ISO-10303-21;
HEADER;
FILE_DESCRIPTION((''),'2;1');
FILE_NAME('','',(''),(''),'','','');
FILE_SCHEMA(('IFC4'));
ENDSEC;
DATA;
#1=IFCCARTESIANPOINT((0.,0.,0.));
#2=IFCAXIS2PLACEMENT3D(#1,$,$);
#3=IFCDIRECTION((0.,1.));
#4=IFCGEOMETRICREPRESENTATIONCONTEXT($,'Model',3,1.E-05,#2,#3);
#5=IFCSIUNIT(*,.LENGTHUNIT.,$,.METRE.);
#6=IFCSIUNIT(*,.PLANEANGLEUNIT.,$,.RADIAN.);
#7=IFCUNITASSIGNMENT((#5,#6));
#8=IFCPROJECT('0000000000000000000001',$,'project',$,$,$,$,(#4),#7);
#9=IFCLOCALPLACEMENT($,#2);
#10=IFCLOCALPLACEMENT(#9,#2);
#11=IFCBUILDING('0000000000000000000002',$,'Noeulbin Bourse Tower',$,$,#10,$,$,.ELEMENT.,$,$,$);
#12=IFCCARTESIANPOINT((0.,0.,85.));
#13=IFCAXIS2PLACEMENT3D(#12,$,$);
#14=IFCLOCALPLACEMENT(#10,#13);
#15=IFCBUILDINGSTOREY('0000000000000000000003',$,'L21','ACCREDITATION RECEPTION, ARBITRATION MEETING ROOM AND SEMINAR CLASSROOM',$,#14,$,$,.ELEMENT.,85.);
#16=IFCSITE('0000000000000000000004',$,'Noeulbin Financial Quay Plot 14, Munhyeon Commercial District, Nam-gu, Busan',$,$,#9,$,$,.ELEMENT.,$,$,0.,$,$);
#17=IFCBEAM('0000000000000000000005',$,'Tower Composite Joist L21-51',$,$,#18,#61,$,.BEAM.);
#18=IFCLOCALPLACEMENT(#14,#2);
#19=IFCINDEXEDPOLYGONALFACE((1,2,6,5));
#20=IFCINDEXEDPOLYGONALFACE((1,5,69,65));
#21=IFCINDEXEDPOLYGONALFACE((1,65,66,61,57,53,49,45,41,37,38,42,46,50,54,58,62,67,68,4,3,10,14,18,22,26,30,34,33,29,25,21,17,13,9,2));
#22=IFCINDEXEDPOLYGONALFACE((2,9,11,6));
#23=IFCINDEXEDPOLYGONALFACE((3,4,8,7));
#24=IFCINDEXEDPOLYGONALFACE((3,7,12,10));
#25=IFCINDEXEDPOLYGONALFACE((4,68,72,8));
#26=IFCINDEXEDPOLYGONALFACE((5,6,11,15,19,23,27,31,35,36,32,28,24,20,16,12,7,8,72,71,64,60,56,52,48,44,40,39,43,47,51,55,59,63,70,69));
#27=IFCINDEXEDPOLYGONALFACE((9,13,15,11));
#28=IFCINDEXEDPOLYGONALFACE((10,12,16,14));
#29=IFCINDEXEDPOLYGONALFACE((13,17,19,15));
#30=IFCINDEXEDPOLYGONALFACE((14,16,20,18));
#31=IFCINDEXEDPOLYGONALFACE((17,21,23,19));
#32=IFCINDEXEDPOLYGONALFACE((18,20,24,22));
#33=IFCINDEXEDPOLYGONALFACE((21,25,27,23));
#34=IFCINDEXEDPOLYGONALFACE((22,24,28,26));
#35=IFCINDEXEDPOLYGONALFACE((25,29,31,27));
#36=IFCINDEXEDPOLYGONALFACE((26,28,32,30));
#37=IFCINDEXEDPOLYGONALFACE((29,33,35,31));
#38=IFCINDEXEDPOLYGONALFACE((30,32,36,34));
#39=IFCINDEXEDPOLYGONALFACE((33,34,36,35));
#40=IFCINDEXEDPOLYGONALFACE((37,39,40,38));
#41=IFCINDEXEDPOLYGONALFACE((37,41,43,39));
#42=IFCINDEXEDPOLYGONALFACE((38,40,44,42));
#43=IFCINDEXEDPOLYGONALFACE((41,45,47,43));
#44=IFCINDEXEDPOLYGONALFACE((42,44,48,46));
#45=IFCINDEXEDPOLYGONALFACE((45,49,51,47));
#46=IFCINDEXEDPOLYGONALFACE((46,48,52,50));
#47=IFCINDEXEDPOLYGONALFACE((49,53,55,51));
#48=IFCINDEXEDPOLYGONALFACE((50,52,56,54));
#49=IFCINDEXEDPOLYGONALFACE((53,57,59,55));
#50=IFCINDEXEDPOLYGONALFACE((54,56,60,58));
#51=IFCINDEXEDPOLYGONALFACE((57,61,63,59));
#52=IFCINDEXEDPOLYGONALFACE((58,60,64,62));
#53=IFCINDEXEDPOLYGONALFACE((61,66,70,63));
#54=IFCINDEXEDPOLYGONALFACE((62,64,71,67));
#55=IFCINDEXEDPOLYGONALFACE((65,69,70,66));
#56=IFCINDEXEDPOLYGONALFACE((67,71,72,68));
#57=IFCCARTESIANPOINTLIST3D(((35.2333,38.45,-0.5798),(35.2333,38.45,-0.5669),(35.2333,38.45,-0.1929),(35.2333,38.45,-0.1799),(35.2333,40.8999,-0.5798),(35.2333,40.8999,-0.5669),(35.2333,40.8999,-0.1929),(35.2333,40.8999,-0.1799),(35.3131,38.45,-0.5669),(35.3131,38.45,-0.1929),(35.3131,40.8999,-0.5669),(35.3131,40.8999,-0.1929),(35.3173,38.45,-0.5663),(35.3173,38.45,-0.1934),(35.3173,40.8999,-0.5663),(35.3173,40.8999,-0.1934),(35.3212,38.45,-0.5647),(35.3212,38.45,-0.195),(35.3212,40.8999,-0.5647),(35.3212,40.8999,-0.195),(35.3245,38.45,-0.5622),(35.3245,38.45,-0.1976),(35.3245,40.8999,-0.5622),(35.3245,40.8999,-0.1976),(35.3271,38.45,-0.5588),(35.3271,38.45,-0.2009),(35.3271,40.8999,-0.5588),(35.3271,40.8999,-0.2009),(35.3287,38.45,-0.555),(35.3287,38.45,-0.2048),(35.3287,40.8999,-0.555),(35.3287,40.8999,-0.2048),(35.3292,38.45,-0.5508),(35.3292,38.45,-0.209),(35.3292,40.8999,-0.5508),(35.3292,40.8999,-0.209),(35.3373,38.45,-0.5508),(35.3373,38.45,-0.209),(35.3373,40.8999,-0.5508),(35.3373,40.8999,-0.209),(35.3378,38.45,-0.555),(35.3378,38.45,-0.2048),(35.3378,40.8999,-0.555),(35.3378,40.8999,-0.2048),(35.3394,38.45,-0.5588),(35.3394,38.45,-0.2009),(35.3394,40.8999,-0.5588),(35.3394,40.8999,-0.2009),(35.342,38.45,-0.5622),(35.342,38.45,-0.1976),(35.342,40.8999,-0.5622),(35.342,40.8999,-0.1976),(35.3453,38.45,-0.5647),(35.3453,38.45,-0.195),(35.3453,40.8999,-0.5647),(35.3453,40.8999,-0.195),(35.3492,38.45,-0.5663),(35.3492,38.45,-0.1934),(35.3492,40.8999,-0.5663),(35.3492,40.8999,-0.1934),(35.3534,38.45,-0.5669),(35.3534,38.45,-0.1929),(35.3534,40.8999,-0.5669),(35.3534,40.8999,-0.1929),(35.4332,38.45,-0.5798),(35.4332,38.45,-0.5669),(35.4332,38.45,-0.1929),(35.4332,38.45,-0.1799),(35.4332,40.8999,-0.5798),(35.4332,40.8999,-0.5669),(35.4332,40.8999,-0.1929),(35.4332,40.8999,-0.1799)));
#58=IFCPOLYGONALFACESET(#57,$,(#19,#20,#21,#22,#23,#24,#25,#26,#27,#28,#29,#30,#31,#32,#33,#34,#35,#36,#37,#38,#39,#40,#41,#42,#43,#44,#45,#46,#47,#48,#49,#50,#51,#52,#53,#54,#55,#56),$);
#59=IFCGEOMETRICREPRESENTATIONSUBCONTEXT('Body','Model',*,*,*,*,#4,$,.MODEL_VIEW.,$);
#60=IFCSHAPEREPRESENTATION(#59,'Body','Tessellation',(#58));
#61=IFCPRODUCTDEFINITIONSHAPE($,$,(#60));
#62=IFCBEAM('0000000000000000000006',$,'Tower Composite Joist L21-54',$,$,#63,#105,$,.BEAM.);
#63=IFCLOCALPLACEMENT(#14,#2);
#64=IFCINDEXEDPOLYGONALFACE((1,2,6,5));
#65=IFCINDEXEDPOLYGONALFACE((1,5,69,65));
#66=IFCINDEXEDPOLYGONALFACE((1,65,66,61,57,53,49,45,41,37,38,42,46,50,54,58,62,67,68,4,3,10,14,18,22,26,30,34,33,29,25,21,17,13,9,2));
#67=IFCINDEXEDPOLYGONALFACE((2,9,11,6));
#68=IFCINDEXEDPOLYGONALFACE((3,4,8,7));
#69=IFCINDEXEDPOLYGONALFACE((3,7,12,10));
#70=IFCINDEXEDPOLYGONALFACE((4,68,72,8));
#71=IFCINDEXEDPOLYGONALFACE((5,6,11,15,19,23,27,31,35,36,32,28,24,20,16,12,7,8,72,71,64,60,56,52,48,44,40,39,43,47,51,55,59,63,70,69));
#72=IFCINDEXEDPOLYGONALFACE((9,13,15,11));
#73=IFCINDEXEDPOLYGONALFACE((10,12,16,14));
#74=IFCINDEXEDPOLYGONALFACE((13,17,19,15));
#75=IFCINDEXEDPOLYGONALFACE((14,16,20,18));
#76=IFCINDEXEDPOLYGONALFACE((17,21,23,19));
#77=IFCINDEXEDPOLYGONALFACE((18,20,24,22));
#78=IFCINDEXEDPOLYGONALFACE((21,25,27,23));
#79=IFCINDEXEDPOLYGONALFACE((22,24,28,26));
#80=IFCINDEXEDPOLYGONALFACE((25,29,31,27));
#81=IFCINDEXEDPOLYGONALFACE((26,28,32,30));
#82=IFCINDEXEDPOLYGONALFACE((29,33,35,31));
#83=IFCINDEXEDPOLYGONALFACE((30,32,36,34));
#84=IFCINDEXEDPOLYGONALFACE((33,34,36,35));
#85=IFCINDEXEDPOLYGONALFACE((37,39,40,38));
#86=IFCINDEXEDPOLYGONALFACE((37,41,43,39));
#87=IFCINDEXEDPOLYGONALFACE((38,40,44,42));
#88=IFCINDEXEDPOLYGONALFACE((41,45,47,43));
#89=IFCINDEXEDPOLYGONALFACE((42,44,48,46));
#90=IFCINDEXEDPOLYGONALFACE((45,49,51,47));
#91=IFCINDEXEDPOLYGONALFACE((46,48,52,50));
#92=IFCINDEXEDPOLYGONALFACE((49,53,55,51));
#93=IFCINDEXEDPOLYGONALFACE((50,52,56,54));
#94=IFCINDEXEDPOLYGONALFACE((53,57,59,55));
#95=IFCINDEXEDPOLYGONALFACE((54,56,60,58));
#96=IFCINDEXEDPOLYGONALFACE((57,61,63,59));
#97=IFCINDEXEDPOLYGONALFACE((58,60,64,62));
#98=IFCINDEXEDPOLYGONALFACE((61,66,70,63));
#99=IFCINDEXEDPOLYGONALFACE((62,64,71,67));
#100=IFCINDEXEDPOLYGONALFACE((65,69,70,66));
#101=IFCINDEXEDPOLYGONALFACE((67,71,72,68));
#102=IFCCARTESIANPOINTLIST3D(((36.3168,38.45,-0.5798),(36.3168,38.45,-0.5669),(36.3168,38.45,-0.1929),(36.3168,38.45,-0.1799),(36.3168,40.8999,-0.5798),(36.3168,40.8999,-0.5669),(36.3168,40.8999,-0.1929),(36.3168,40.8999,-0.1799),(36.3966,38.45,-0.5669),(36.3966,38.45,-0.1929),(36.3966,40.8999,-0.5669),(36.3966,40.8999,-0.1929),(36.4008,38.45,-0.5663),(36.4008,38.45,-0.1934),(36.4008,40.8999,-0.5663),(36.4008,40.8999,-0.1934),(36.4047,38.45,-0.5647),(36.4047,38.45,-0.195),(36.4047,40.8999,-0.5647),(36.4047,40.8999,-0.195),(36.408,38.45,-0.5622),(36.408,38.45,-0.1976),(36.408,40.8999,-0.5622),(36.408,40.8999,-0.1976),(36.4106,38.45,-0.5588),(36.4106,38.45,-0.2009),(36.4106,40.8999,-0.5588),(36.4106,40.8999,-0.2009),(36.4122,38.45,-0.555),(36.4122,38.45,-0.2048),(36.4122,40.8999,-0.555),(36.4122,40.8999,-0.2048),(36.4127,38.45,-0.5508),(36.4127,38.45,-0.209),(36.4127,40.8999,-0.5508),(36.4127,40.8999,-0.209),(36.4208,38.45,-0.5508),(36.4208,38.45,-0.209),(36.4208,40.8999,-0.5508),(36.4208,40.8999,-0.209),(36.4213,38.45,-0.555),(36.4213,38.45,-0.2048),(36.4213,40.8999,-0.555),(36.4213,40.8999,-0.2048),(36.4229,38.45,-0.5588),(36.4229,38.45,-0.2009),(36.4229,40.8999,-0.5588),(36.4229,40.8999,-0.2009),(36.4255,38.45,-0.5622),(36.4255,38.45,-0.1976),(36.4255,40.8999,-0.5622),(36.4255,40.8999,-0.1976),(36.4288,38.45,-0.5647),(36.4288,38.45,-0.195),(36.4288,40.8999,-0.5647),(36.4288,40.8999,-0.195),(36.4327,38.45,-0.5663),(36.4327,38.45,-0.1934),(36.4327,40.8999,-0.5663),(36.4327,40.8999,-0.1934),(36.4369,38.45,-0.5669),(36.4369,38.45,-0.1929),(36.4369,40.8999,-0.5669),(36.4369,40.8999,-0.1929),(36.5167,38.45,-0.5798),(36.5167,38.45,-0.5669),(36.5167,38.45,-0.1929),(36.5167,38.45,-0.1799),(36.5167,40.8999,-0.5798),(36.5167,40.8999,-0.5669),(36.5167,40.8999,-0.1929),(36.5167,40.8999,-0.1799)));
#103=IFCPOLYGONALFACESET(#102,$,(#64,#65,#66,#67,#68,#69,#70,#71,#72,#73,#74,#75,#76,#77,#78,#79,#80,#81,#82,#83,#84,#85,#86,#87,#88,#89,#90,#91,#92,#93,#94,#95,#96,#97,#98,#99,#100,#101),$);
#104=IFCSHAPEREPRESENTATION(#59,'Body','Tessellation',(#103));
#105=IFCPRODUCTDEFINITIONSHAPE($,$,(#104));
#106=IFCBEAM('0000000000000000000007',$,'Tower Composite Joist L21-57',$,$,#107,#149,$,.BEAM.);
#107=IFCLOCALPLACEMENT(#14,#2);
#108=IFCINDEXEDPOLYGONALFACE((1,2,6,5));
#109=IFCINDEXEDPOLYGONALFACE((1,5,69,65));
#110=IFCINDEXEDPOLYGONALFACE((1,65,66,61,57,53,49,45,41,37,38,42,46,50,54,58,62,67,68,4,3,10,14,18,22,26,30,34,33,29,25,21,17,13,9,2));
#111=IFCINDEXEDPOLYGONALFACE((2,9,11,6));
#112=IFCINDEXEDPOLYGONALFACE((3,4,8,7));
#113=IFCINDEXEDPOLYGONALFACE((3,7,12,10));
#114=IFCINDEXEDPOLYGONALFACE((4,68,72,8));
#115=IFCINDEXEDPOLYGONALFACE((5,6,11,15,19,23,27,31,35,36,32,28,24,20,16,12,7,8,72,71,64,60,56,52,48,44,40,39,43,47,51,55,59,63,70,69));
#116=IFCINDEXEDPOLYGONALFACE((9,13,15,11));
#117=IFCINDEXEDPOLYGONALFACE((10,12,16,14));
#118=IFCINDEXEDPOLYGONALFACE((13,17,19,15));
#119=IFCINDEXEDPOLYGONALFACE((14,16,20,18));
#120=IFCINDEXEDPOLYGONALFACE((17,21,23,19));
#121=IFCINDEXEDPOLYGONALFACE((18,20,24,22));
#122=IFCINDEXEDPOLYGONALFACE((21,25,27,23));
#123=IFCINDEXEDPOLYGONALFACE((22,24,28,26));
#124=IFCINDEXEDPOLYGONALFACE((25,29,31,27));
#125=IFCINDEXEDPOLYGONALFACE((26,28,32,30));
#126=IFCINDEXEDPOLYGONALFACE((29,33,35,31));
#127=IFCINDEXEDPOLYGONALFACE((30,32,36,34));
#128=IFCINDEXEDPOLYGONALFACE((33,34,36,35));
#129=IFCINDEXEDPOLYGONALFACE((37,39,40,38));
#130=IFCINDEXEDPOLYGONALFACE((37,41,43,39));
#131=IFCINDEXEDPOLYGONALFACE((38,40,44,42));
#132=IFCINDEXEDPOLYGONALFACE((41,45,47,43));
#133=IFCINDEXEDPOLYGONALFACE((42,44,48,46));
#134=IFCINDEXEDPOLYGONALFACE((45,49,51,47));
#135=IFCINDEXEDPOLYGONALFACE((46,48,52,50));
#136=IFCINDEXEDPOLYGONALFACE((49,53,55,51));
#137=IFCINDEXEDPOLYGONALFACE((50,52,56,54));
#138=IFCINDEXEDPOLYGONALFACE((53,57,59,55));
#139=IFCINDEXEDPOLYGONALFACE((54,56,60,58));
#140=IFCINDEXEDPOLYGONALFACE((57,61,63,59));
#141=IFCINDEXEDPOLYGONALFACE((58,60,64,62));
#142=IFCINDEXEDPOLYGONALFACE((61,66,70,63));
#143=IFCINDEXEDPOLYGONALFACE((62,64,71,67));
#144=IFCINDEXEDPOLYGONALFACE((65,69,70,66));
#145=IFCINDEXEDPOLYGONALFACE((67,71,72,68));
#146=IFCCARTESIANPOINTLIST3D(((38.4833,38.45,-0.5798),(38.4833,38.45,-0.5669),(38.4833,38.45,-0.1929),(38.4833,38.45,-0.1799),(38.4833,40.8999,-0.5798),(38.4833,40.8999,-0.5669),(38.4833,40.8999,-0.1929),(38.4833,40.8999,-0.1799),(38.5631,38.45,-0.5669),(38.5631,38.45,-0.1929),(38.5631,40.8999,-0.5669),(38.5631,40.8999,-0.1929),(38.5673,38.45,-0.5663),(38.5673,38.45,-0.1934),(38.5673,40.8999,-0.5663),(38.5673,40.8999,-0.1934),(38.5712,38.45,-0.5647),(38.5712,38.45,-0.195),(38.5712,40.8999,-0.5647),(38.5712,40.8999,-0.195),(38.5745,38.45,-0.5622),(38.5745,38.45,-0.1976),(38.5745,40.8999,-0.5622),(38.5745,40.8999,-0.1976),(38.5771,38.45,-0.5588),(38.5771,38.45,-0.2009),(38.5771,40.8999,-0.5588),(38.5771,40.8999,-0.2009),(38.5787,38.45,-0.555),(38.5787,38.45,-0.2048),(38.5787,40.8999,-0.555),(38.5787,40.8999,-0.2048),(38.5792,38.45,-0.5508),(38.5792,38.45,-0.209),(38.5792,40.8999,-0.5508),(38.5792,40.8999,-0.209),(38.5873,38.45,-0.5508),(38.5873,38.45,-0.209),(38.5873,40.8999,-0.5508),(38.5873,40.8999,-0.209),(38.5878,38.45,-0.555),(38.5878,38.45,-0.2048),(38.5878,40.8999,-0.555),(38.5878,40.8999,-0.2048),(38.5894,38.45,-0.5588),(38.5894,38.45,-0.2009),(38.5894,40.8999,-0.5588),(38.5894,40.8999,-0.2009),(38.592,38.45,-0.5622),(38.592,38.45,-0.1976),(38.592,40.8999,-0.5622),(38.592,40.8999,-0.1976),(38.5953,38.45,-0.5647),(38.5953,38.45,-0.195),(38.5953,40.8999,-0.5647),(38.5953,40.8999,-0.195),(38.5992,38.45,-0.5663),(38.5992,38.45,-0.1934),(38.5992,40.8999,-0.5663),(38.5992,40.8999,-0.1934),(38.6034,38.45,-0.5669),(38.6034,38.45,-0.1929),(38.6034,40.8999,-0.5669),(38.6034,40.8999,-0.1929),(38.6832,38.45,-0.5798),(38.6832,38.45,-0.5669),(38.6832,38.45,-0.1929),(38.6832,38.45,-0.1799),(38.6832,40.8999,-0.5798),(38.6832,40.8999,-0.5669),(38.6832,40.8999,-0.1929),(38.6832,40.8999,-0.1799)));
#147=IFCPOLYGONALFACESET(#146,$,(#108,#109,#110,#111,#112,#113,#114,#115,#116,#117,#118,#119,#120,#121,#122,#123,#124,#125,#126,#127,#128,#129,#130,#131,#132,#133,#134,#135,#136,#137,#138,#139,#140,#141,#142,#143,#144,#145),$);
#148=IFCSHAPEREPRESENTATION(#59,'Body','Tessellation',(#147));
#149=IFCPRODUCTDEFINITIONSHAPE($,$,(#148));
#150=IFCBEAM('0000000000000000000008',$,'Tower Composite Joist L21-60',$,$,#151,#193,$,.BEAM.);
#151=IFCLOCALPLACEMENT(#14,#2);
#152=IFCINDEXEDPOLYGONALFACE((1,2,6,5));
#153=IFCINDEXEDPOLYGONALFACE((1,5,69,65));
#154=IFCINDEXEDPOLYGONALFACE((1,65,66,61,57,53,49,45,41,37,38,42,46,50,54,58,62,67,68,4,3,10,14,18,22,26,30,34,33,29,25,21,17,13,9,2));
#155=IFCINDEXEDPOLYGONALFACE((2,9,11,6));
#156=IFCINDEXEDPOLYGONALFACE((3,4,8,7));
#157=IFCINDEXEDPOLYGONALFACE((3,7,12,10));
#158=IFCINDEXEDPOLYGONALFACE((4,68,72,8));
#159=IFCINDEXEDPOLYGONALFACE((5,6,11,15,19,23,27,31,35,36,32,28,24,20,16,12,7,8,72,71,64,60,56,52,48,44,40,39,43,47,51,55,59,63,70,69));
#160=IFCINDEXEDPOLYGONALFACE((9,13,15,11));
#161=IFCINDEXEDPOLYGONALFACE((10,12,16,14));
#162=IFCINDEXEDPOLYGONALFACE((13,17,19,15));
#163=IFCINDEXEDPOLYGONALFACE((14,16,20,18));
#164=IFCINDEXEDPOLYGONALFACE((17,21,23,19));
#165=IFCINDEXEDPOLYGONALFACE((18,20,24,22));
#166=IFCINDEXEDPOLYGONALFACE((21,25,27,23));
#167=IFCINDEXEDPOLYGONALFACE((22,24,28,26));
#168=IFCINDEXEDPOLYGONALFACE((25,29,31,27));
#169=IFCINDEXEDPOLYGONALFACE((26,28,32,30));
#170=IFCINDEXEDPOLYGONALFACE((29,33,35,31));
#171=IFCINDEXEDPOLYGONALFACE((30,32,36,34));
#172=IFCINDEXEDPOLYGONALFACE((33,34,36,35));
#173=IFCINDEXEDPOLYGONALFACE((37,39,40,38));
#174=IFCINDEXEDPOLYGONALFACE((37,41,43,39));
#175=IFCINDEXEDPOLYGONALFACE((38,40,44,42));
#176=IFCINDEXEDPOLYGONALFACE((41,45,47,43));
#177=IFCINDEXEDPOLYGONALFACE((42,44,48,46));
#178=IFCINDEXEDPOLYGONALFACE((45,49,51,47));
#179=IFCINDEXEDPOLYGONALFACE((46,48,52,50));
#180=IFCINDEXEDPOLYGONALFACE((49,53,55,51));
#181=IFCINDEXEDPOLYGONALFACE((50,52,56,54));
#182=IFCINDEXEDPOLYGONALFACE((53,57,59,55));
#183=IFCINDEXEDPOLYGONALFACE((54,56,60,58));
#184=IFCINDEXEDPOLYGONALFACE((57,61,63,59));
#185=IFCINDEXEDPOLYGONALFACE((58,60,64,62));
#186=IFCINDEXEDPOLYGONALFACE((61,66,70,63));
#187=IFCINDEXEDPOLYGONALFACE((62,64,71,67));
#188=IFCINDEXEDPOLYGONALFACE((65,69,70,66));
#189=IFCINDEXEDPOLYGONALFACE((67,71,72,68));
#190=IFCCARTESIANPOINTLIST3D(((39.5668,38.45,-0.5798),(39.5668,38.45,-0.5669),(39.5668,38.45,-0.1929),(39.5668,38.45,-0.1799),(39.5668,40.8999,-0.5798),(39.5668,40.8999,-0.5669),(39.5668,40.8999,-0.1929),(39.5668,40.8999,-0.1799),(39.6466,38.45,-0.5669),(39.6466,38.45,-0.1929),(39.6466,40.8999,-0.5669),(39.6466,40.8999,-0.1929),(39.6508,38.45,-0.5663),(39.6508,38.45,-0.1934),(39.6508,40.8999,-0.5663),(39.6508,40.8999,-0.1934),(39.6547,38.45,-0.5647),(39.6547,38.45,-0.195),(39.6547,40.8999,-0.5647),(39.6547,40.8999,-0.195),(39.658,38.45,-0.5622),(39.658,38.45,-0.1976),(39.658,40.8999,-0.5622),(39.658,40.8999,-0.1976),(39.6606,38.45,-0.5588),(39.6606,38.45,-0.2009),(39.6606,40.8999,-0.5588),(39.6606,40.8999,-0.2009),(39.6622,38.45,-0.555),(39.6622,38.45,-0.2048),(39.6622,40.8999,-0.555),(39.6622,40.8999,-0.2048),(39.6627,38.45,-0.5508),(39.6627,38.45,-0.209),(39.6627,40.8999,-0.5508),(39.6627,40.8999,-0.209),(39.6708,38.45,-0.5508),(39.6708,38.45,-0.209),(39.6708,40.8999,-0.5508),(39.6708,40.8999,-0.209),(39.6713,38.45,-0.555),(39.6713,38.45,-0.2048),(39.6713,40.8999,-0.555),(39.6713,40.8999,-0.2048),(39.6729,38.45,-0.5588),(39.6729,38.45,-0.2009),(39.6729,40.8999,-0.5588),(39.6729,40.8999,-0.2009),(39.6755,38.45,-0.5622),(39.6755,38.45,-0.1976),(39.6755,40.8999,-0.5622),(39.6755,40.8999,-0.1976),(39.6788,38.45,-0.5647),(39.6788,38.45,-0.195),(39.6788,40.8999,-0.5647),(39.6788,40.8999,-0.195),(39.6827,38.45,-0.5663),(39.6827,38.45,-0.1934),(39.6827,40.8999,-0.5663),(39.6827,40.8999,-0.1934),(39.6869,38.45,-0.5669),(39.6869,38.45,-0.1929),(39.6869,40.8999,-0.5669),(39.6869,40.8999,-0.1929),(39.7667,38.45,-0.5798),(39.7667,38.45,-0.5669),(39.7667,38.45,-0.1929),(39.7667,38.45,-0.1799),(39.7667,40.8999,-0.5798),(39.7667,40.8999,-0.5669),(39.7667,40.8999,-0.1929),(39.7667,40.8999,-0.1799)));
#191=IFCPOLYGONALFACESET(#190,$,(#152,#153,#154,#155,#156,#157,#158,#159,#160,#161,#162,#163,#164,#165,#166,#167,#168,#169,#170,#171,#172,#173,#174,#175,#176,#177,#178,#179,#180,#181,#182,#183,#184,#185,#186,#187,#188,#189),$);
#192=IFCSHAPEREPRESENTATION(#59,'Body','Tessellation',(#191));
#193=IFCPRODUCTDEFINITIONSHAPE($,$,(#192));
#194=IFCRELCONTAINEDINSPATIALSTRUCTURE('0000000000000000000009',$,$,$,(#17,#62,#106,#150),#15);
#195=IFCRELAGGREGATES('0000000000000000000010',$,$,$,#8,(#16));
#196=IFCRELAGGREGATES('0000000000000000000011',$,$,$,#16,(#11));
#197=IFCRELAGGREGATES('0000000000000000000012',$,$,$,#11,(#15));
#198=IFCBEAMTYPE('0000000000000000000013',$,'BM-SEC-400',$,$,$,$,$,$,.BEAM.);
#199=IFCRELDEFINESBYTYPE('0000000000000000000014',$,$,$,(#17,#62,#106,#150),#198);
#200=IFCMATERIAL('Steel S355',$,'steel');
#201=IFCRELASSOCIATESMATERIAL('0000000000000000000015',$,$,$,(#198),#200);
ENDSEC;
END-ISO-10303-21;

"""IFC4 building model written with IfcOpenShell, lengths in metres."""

from ifc_helpers import new_model, si_unit, direction, frame, origin, origin_2d, place, context, subcontext, project, spatial, i_section, extrude, material, material_profile, profile_set, type_object, element, save


model = new_model("IFC4")

# Units and contexts
model_context = context("Model", 3, precision=1e-05, world=origin(), true_north=direction((0.0, 1.0)))
body_context = subcontext(model_context, "Body", "Model", "MODEL_VIEW")
ifc_project = project(units=[si_unit("LENGTHUNIT", "METRE"), si_unit("PLANEANGLEUNIT", "RADIAN")], contexts=[model_context])

# Site, building, storey
site_placement = place(None, origin())
site = spatial("IfcSite", under=ifc_project, at=site_placement, Name="Noeulbin Financial Quay Plot 14, Munhyeon Commercial District, Nam-gu, Busan", CompositionType="ELEMENT", RefElevation=0.0)
building_placement = place(site_placement, origin())
building = spatial("IfcBuilding", under=site, at=building_placement, Name="Noeulbin Bourse Tower", CompositionType="ELEMENT")
storey_placement = place(building_placement, frame((0.0, 0.0, 85.0)))
storey = spatial("IfcBuildingStorey", under=building, at=storey_placement, Name="L21", Description="ACCREDITATION RECEPTION, ARBITRATION MEETING ROOM AND SEMINAR CLASSROOM", CompositionType="ELEMENT", Elevation=85.0)

# Beams
ifc_material_1 = material(Name="Steel S355", Category="steel")
ifc_material_profile_1 = material_profile(ifc_material_1, i_section(OverallWidth=0.2, OverallDepth=0.3999, WebThickness=0.0081, FlangeThickness=0.0129, FilletRadius=0.0161, at=origin_2d()), Name="H-400x200x8x13", Category="LoadBearing")
ifc_profile_set_1 = profile_set([ifc_material_profile_1], Name="Steel S355")
beam_type_1 = type_object("IfcBeamType", Name="BM-SEC-400", PredefinedType="BEAM", material=ifc_profile_set_1)
for number, where, z_axis, x_axis, name in (
    (1, (35.3333, 38.45, -0.3799), (0.0, 1.0, 0.0), (-1.0, 0.0, 0.0), "Tower Composite Joist L21-51"),
    (2, (36.4167, 38.45, -0.3799), (0.0, 1.0, 0.0), (-1.0, 0.0, 0.0), "Tower Composite Joist L21-54"),
    (3, (38.5833, 38.45, -0.3799), (0.0, 1.0, 0.0), (-1.0, 0.0, 0.0), "Tower Composite Joist L21-57"),
    (4, (39.6667, 38.45, -0.3799), (0.0, 1.0, 0.0), (-1.0, 0.0, 0.0), "Tower Composite Joist L21-60"),
):
    element("IfcBeam", number, at=place(storey_placement, frame(where, z_axis=z_axis, x_axis=x_axis)), inside=storey, type_object=beam_type_1, Name=name, PredefinedType="BEAM", context=body_context, shape_type="SweptSolid", body=[
        extrude(i_section(OverallWidth=0.2, OverallDepth=0.3999, WebThickness=0.0081, FlangeThickness=0.0129, FilletRadius=0.0161, at=origin_2d()), origin(), (0.0, 0.0, 1.0), 2.45),
    ])

save(model, "model.ifc")
